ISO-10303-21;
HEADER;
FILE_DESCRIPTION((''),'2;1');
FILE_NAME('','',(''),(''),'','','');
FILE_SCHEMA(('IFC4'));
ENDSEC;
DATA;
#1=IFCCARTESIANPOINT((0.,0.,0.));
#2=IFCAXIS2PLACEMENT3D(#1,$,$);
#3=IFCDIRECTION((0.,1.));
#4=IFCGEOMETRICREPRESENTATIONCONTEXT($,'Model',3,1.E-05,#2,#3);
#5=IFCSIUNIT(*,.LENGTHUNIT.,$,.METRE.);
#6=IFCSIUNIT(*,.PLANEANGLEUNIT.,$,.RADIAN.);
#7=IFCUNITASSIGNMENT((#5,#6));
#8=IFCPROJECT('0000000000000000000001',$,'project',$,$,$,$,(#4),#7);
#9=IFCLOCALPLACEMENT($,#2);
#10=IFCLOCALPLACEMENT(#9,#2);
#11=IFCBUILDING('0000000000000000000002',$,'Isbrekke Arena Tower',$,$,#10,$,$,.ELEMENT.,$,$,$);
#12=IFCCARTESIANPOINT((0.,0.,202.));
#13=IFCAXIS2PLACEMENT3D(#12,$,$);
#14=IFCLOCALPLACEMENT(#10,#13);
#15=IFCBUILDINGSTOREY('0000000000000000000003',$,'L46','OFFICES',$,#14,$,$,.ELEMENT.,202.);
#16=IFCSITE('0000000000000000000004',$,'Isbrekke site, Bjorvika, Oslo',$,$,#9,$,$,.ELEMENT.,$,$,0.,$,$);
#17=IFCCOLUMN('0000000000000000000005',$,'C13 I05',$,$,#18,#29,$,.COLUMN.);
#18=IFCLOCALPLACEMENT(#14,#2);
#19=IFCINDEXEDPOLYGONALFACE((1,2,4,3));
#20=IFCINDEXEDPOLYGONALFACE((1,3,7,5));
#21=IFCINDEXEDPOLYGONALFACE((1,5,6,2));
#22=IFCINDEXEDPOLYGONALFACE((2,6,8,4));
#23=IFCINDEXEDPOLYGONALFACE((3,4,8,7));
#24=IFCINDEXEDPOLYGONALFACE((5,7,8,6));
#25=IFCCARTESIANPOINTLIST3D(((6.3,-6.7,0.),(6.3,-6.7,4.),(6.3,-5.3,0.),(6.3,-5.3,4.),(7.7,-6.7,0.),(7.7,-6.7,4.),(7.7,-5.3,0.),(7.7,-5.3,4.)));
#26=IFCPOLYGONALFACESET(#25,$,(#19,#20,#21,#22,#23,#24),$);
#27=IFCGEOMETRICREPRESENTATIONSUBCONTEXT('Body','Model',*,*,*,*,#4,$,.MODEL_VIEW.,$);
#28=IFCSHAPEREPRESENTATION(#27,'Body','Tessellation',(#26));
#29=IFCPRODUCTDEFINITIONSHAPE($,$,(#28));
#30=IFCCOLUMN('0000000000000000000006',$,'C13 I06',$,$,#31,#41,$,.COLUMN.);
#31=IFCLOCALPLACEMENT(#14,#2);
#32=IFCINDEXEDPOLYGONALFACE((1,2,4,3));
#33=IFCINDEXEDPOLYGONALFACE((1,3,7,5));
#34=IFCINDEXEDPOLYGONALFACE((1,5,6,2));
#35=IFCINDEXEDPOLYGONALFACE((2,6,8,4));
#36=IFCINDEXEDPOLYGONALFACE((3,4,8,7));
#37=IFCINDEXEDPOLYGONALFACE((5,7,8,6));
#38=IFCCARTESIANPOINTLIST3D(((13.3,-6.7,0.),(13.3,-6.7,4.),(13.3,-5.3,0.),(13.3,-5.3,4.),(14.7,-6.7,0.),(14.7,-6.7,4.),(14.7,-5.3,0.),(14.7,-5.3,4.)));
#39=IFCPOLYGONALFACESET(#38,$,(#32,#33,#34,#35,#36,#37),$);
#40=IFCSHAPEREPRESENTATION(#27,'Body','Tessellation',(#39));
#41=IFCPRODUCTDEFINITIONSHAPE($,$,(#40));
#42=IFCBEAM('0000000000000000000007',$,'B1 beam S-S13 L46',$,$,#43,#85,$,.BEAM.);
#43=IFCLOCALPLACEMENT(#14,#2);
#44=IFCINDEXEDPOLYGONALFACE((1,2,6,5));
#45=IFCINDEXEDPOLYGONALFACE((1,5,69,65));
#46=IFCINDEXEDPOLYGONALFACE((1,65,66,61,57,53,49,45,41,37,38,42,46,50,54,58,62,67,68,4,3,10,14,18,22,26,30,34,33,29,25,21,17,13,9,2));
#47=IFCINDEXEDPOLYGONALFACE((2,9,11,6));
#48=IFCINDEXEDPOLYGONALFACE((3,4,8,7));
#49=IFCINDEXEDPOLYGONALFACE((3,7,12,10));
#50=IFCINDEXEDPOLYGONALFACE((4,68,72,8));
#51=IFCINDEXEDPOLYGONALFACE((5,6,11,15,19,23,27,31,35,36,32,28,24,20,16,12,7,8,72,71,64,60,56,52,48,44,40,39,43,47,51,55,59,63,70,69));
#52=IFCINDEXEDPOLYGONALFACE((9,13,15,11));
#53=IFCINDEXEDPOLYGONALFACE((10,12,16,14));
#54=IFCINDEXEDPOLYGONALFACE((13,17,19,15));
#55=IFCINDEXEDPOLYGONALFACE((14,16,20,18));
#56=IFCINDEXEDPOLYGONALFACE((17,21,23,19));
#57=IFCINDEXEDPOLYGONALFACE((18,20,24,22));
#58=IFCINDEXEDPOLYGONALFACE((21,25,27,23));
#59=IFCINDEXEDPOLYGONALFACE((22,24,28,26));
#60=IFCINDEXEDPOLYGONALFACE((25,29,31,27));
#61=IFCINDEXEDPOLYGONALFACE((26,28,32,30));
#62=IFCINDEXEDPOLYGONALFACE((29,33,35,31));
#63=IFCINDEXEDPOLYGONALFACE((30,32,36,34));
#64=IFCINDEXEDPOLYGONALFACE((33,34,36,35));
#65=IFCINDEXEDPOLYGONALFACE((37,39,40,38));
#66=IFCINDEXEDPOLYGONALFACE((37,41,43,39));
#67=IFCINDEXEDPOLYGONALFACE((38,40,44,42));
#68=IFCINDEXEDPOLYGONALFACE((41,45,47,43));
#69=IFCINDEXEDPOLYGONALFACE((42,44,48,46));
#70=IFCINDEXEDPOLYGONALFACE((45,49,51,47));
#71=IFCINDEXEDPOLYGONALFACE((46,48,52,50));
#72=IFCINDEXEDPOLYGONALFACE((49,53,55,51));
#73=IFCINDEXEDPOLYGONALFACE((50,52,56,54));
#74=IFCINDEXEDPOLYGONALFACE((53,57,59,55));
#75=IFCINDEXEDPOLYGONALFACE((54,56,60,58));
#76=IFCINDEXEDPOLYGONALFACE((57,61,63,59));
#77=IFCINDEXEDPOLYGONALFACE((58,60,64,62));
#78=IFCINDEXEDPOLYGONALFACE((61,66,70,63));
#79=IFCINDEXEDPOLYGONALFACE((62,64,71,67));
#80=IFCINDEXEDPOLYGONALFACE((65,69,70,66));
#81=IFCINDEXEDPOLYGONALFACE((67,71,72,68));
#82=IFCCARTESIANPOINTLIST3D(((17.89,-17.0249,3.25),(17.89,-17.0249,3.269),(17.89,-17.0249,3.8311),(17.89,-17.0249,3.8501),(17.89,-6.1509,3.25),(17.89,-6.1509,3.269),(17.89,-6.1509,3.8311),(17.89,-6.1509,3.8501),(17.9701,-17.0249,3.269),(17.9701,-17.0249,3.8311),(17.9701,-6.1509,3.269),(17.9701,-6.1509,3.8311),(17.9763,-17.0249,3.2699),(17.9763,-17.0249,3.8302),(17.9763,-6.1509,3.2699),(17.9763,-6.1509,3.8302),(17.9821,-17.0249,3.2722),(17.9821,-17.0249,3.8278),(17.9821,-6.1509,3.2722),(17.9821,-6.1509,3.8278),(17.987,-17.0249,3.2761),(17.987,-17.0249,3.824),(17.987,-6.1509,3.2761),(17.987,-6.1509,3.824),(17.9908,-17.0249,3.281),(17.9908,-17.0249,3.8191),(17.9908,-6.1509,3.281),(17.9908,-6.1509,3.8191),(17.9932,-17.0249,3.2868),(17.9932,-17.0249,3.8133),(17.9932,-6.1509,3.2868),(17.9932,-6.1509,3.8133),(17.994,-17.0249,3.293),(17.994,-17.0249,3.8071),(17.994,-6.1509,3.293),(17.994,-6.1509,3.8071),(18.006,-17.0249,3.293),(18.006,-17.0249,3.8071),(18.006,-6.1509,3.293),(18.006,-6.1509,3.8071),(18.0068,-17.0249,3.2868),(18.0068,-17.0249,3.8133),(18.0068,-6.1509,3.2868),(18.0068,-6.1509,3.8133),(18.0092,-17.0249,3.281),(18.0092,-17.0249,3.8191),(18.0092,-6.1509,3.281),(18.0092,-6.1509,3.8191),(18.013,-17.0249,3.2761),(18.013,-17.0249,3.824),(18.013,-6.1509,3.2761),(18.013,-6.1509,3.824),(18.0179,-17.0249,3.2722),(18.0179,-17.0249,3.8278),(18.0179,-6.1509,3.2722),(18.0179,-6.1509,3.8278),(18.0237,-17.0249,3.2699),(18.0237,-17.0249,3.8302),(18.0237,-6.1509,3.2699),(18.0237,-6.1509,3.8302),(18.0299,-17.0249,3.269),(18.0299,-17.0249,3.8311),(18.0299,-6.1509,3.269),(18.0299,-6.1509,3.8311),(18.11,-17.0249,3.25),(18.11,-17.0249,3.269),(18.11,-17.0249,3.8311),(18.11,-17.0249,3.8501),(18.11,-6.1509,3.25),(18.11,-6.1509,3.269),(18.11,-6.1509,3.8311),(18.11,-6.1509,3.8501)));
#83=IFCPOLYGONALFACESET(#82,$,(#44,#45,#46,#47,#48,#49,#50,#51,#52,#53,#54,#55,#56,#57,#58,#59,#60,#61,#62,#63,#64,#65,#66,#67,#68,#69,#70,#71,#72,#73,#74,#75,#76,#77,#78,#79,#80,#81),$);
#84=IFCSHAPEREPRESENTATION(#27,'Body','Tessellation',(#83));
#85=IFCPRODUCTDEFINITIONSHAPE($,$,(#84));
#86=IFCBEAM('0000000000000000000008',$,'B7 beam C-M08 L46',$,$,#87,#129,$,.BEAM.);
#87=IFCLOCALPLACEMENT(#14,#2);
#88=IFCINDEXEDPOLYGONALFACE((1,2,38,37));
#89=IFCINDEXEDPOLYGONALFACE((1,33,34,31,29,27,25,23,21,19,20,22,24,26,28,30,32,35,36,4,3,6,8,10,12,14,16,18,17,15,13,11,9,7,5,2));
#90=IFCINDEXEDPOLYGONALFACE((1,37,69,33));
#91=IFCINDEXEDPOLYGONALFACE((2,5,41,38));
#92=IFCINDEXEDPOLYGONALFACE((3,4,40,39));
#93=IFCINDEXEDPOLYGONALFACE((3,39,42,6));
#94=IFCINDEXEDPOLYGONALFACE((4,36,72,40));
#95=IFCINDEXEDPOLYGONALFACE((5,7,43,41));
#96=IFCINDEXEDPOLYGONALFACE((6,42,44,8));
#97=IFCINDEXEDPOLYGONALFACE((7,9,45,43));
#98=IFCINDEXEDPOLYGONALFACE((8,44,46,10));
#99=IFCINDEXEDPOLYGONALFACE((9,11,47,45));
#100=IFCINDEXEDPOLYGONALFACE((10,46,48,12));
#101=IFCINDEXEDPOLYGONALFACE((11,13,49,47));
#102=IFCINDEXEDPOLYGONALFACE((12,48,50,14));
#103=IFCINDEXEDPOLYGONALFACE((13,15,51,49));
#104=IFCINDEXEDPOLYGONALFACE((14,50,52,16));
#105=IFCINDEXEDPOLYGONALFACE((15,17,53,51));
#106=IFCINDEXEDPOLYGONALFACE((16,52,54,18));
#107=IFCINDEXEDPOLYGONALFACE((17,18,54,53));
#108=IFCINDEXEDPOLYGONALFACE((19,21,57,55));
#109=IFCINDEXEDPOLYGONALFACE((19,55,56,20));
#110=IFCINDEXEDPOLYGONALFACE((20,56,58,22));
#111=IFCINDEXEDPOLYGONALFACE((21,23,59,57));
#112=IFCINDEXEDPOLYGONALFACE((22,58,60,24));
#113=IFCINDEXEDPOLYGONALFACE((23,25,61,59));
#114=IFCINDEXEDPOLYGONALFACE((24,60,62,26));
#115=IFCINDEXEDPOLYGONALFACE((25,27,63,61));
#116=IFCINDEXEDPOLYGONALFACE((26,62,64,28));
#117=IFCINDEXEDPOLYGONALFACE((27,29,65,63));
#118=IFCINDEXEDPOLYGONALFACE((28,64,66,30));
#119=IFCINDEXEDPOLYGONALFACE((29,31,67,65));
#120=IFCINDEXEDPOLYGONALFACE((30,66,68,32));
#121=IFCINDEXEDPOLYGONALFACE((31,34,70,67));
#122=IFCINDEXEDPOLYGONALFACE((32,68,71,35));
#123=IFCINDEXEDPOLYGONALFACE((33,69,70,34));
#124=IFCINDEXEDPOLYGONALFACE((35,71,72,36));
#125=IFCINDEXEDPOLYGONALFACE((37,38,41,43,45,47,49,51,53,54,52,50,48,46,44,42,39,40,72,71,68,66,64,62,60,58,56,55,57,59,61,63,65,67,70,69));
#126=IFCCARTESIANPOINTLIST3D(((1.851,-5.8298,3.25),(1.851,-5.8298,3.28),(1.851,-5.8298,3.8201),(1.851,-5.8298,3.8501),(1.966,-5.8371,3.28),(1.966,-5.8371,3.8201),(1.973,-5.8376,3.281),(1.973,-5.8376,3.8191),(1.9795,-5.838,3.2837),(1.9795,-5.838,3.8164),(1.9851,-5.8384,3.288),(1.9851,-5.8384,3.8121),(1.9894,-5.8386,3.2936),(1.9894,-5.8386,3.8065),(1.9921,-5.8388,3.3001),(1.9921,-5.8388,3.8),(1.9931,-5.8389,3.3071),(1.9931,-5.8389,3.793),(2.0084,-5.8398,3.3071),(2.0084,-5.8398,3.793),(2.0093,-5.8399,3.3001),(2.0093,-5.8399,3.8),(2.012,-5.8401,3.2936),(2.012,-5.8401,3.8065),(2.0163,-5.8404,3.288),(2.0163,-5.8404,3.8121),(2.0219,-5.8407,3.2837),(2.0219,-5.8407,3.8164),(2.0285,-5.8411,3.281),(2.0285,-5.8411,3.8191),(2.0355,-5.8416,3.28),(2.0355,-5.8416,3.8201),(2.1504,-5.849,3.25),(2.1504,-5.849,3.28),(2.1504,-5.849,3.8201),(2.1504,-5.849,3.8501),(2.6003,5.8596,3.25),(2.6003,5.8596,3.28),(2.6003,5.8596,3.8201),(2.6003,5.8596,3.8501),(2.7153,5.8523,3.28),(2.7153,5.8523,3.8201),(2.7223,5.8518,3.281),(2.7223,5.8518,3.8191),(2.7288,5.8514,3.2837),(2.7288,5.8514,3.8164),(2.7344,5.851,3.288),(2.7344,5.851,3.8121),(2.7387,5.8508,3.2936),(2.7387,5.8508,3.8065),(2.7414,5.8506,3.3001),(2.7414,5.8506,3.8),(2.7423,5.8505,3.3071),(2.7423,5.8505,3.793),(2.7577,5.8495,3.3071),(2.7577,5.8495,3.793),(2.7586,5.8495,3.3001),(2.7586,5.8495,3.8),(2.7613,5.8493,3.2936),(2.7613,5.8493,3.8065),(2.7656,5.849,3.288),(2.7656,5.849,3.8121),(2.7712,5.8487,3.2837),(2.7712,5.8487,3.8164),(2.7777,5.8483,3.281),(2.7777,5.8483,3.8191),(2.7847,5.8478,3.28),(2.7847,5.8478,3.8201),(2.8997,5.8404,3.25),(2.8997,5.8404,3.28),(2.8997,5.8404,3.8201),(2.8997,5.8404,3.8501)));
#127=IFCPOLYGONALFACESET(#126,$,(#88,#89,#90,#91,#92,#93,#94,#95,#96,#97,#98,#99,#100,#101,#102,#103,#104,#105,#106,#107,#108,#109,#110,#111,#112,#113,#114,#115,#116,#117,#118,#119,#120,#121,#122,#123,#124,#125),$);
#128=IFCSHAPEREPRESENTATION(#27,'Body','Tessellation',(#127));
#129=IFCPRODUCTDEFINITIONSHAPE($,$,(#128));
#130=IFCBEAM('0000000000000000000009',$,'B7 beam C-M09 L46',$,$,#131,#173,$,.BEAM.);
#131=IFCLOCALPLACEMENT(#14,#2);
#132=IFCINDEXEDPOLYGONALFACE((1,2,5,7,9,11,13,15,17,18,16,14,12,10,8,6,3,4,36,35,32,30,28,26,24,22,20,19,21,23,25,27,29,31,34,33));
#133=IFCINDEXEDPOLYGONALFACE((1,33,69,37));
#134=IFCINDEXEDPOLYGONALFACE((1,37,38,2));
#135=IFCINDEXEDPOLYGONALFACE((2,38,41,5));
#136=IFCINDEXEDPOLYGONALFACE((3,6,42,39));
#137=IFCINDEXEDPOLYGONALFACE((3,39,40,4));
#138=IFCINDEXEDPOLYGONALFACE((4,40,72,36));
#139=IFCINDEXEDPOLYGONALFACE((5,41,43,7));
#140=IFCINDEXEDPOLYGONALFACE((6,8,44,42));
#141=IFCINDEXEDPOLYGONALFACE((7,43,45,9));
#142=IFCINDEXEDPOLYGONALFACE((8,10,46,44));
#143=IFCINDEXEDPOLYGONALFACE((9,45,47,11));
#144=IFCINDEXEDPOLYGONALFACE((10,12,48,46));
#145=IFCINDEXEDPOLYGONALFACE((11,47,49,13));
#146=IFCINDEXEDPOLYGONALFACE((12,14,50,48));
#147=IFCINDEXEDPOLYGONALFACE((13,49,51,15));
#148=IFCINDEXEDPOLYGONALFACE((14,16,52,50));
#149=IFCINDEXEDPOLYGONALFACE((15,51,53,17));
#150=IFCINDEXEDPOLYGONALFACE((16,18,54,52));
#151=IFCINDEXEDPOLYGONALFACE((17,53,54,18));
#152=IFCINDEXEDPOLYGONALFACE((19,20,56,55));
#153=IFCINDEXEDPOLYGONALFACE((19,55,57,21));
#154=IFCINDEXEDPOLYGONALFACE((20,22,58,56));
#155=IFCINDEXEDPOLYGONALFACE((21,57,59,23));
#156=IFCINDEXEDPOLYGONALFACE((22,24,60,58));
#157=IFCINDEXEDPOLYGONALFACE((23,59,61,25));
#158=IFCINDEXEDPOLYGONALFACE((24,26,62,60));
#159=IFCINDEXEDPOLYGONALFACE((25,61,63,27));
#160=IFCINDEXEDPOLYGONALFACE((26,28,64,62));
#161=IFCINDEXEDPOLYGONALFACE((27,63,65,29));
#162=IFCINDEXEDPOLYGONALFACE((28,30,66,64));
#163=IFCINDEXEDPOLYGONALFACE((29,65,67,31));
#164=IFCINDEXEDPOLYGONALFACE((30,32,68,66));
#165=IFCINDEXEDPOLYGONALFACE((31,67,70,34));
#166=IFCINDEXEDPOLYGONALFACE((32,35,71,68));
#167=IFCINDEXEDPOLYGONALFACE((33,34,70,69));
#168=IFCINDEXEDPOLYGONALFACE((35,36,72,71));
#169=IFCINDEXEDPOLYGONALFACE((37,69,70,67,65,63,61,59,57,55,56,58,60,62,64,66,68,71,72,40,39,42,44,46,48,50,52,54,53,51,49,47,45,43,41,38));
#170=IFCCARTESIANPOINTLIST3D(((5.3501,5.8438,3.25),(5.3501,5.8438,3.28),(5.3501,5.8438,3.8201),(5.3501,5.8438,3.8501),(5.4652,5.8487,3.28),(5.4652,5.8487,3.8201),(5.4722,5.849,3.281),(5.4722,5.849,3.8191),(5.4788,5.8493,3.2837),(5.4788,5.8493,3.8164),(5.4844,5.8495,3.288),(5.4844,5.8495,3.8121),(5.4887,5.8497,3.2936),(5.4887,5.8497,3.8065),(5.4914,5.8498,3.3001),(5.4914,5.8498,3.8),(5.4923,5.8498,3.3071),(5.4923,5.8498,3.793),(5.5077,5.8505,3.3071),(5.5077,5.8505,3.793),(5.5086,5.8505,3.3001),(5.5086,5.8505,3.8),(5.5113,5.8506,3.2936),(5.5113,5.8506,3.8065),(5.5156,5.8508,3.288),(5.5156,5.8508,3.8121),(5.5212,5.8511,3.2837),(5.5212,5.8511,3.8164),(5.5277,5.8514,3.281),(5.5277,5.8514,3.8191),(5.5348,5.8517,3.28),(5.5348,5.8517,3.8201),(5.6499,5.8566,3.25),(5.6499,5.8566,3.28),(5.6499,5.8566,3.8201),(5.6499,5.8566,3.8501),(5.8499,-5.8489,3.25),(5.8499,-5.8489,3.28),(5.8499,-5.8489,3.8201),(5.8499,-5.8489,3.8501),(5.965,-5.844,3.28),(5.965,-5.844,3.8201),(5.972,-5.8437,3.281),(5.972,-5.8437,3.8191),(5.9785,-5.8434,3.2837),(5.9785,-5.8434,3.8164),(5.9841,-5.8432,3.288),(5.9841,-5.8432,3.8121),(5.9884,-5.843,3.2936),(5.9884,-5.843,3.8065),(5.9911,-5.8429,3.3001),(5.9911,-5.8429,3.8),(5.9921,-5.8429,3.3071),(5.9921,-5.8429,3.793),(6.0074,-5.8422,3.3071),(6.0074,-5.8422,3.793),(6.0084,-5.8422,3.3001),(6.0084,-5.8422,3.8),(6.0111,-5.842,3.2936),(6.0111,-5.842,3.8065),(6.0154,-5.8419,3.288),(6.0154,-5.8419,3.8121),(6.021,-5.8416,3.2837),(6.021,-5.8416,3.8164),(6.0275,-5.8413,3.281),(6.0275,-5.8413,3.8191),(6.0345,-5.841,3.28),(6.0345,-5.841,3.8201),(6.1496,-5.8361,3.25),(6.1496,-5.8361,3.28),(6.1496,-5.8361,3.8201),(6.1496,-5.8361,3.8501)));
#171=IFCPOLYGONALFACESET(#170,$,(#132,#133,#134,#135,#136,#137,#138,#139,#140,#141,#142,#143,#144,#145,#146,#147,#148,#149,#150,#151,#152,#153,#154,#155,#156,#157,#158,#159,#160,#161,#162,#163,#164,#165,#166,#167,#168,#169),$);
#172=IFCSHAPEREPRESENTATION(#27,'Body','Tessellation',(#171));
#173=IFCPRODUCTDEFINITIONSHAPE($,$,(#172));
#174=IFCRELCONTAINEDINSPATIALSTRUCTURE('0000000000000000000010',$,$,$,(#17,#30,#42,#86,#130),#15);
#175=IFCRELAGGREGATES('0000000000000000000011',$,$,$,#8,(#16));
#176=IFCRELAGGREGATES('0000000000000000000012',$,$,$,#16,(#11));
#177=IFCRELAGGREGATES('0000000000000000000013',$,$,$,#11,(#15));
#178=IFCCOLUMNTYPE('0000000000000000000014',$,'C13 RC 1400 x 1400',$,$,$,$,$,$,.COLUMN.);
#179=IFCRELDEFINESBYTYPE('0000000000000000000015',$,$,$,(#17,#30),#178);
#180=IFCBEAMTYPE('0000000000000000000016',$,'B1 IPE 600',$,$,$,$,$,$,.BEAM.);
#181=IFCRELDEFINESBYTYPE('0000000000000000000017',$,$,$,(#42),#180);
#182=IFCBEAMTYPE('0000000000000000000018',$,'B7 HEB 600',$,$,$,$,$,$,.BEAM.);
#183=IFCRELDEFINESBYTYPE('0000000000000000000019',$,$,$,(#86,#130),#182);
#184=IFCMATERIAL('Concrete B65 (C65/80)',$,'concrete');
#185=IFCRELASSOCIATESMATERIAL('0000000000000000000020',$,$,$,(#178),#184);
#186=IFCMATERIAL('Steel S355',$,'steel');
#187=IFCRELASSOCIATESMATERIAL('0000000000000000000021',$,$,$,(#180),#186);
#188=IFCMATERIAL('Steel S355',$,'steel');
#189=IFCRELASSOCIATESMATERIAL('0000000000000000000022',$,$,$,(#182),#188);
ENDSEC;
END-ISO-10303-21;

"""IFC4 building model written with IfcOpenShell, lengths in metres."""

from ifc_helpers import new_model, si_unit, direction, frame, origin, origin_2d, place, context, subcontext, project, spatial, rectangle, i_section, extrude, material, material_profile, profile_set, type_object, element, save


model = new_model("IFC4")

# Units and contexts
model_context = context("Model", 3, precision=1e-05, world=origin(), true_north=direction((0.0, 1.0)))
body_context = subcontext(model_context, "Body", "Model", "MODEL_VIEW")
ifc_project = project(units=[si_unit("LENGTHUNIT", "METRE"), si_unit("PLANEANGLEUNIT", "RADIAN")], contexts=[model_context])

# Site, building, storey
site_placement = place(None, origin())
site = spatial("IfcSite", under=ifc_project, at=site_placement, Name="Isbrekke site, Bjorvika, Oslo", CompositionType="ELEMENT", RefElevation=0.0)
building_placement = place(site_placement, origin())
building = spatial("IfcBuilding", under=site, at=building_placement, Name="Isbrekke Arena Tower", CompositionType="ELEMENT")
storey_placement = place(building_placement, frame((0.0, 0.0, 202.0)))
storey = spatial("IfcBuildingStorey", under=building, at=storey_placement, Name="L46", Description="OFFICES", CompositionType="ELEMENT", Elevation=202.0)

# Columns
ifc_material_1 = material(Name="Concrete B65 (C65/80)", Category="concrete")
ifc_material_profile_1 = material_profile(ifc_material_1, rectangle(XDim=1.3999, YDim=1.3999, at=origin_2d()), Name="RC 1400x1400")
ifc_profile_set_1 = profile_set([ifc_material_profile_1], Name="Concrete B65 (C65/80)")
column_type = type_object("IfcColumnType", Name="C13 RC 1400 x 1400", PredefinedType="COLUMN", material=ifc_profile_set_1)
for number, where, z_axis, x_axis, name in (
    (1, (7.0, -6.0, 0.0), (0.0, 0.0, 1.0), (1.0, 0.0, 0.0), "C13 I05"),
    (2, (14.0, -6.0, 0.0), (0.0, 0.0, 1.0), (1.0, 0.0, 0.0), "C13 I06"),
):
    element("IfcColumn", number, at=place(storey_placement, frame(where, z_axis=z_axis, x_axis=x_axis)), inside=storey, type_object=column_type, Name=name, PredefinedType="COLUMN", context=body_context, shape_type="SweptSolid", body=[
        extrude(rectangle(XDim=1.3999, YDim=1.3999, at=origin_2d()), origin(), (0.0, 0.0, 1.0), 4.0),
    ])

# Beams
ifc_material_2 = material(Name="Steel S355", Category="steel")
ifc_material_profile_2 = material_profile(ifc_material_2, i_section(OverallWidth=0.22, OverallDepth=0.6001, WebThickness=0.012, FlangeThickness=0.019, FilletRadius=0.0239, at=origin_2d()), Name="IPE 600")
ifc_profile_set_2 = profile_set([ifc_material_profile_2], Name="Steel S355")
beam_type_1 = type_object("IfcBeamType", Name="B1 IPE 600", PredefinedType="BEAM", material=ifc_profile_set_2)
beam_1_placement = place(storey_placement, frame((18.0, -17.0249, 3.55), z_axis=(0.0, 1.0, 0.0), x_axis=(-1.0, 0.0, 0.0)))
element("IfcBeam", 3, at=beam_1_placement, inside=storey, type_object=beam_type_1, Name="B1 beam S-S13 L46", PredefinedType="BEAM", context=body_context, shape_type="SweptSolid", body=[
    extrude(i_section(OverallWidth=0.22, OverallDepth=0.6001, WebThickness=0.012, FlangeThickness=0.019, FilletRadius=0.0239, at=origin_2d()), origin(), (0.0, 0.0, 1.0), 10.874),
])
ifc_material_3 = material(Name="Steel S355", Category="steel")
ifc_material_profile_3 = material_profile(ifc_material_3, i_section(OverallWidth=0.3, OverallDepth=0.6001, WebThickness=0.0154, FlangeThickness=0.03, FilletRadius=0.0271, at=origin_2d()), Name="HEB 600")
ifc_profile_set_3 = profile_set([ifc_material_profile_3], Name="Steel S355")
beam_type_2 = type_object("IfcBeamType", Name="B7 HEB 600", PredefinedType="BEAM", material=ifc_profile_set_3)
beam_2_placement = place(storey_placement, frame((2.0007, -5.8394, 3.55), z_axis=(0.063966, 0.997952, 0.0), x_axis=(-0.997952, 0.063966, 0.0)))
element("IfcBeam", 4, at=beam_2_placement, inside=storey, type_object=beam_type_2, Name="B7 beam C-M08 L46", PredefinedType="BEAM", context=body_context, shape_type="SweptSolid", body=[
    extrude(i_section(OverallWidth=0.3, OverallDepth=0.6001, WebThickness=0.0154, FlangeThickness=0.03, FilletRadius=0.0271, at=origin_2d()), origin(), (0.0, 0.0, 1.0), 11.7134),
])
beam_3_placement = place(storey_placement, frame((5.9998, -5.8425, 3.55), z_axis=(-0.042702, 0.999088, 0.0), x_axis=(-0.999088, -0.042702, 0.0)))
element("IfcBeam", 5, at=beam_3_placement, inside=storey, type_object=beam_type_2, Name="B7 beam C-M09 L46", PredefinedType="BEAM", context=body_context, shape_type="SweptSolid", body=[
    extrude(i_section(OverallWidth=0.3, OverallDepth=0.6001, WebThickness=0.0154, FlangeThickness=0.03, FilletRadius=0.0271, at=origin_2d()), origin(), (0.0, 0.0, 1.0), 11.7034),
])

save(model, "model.ifc")
